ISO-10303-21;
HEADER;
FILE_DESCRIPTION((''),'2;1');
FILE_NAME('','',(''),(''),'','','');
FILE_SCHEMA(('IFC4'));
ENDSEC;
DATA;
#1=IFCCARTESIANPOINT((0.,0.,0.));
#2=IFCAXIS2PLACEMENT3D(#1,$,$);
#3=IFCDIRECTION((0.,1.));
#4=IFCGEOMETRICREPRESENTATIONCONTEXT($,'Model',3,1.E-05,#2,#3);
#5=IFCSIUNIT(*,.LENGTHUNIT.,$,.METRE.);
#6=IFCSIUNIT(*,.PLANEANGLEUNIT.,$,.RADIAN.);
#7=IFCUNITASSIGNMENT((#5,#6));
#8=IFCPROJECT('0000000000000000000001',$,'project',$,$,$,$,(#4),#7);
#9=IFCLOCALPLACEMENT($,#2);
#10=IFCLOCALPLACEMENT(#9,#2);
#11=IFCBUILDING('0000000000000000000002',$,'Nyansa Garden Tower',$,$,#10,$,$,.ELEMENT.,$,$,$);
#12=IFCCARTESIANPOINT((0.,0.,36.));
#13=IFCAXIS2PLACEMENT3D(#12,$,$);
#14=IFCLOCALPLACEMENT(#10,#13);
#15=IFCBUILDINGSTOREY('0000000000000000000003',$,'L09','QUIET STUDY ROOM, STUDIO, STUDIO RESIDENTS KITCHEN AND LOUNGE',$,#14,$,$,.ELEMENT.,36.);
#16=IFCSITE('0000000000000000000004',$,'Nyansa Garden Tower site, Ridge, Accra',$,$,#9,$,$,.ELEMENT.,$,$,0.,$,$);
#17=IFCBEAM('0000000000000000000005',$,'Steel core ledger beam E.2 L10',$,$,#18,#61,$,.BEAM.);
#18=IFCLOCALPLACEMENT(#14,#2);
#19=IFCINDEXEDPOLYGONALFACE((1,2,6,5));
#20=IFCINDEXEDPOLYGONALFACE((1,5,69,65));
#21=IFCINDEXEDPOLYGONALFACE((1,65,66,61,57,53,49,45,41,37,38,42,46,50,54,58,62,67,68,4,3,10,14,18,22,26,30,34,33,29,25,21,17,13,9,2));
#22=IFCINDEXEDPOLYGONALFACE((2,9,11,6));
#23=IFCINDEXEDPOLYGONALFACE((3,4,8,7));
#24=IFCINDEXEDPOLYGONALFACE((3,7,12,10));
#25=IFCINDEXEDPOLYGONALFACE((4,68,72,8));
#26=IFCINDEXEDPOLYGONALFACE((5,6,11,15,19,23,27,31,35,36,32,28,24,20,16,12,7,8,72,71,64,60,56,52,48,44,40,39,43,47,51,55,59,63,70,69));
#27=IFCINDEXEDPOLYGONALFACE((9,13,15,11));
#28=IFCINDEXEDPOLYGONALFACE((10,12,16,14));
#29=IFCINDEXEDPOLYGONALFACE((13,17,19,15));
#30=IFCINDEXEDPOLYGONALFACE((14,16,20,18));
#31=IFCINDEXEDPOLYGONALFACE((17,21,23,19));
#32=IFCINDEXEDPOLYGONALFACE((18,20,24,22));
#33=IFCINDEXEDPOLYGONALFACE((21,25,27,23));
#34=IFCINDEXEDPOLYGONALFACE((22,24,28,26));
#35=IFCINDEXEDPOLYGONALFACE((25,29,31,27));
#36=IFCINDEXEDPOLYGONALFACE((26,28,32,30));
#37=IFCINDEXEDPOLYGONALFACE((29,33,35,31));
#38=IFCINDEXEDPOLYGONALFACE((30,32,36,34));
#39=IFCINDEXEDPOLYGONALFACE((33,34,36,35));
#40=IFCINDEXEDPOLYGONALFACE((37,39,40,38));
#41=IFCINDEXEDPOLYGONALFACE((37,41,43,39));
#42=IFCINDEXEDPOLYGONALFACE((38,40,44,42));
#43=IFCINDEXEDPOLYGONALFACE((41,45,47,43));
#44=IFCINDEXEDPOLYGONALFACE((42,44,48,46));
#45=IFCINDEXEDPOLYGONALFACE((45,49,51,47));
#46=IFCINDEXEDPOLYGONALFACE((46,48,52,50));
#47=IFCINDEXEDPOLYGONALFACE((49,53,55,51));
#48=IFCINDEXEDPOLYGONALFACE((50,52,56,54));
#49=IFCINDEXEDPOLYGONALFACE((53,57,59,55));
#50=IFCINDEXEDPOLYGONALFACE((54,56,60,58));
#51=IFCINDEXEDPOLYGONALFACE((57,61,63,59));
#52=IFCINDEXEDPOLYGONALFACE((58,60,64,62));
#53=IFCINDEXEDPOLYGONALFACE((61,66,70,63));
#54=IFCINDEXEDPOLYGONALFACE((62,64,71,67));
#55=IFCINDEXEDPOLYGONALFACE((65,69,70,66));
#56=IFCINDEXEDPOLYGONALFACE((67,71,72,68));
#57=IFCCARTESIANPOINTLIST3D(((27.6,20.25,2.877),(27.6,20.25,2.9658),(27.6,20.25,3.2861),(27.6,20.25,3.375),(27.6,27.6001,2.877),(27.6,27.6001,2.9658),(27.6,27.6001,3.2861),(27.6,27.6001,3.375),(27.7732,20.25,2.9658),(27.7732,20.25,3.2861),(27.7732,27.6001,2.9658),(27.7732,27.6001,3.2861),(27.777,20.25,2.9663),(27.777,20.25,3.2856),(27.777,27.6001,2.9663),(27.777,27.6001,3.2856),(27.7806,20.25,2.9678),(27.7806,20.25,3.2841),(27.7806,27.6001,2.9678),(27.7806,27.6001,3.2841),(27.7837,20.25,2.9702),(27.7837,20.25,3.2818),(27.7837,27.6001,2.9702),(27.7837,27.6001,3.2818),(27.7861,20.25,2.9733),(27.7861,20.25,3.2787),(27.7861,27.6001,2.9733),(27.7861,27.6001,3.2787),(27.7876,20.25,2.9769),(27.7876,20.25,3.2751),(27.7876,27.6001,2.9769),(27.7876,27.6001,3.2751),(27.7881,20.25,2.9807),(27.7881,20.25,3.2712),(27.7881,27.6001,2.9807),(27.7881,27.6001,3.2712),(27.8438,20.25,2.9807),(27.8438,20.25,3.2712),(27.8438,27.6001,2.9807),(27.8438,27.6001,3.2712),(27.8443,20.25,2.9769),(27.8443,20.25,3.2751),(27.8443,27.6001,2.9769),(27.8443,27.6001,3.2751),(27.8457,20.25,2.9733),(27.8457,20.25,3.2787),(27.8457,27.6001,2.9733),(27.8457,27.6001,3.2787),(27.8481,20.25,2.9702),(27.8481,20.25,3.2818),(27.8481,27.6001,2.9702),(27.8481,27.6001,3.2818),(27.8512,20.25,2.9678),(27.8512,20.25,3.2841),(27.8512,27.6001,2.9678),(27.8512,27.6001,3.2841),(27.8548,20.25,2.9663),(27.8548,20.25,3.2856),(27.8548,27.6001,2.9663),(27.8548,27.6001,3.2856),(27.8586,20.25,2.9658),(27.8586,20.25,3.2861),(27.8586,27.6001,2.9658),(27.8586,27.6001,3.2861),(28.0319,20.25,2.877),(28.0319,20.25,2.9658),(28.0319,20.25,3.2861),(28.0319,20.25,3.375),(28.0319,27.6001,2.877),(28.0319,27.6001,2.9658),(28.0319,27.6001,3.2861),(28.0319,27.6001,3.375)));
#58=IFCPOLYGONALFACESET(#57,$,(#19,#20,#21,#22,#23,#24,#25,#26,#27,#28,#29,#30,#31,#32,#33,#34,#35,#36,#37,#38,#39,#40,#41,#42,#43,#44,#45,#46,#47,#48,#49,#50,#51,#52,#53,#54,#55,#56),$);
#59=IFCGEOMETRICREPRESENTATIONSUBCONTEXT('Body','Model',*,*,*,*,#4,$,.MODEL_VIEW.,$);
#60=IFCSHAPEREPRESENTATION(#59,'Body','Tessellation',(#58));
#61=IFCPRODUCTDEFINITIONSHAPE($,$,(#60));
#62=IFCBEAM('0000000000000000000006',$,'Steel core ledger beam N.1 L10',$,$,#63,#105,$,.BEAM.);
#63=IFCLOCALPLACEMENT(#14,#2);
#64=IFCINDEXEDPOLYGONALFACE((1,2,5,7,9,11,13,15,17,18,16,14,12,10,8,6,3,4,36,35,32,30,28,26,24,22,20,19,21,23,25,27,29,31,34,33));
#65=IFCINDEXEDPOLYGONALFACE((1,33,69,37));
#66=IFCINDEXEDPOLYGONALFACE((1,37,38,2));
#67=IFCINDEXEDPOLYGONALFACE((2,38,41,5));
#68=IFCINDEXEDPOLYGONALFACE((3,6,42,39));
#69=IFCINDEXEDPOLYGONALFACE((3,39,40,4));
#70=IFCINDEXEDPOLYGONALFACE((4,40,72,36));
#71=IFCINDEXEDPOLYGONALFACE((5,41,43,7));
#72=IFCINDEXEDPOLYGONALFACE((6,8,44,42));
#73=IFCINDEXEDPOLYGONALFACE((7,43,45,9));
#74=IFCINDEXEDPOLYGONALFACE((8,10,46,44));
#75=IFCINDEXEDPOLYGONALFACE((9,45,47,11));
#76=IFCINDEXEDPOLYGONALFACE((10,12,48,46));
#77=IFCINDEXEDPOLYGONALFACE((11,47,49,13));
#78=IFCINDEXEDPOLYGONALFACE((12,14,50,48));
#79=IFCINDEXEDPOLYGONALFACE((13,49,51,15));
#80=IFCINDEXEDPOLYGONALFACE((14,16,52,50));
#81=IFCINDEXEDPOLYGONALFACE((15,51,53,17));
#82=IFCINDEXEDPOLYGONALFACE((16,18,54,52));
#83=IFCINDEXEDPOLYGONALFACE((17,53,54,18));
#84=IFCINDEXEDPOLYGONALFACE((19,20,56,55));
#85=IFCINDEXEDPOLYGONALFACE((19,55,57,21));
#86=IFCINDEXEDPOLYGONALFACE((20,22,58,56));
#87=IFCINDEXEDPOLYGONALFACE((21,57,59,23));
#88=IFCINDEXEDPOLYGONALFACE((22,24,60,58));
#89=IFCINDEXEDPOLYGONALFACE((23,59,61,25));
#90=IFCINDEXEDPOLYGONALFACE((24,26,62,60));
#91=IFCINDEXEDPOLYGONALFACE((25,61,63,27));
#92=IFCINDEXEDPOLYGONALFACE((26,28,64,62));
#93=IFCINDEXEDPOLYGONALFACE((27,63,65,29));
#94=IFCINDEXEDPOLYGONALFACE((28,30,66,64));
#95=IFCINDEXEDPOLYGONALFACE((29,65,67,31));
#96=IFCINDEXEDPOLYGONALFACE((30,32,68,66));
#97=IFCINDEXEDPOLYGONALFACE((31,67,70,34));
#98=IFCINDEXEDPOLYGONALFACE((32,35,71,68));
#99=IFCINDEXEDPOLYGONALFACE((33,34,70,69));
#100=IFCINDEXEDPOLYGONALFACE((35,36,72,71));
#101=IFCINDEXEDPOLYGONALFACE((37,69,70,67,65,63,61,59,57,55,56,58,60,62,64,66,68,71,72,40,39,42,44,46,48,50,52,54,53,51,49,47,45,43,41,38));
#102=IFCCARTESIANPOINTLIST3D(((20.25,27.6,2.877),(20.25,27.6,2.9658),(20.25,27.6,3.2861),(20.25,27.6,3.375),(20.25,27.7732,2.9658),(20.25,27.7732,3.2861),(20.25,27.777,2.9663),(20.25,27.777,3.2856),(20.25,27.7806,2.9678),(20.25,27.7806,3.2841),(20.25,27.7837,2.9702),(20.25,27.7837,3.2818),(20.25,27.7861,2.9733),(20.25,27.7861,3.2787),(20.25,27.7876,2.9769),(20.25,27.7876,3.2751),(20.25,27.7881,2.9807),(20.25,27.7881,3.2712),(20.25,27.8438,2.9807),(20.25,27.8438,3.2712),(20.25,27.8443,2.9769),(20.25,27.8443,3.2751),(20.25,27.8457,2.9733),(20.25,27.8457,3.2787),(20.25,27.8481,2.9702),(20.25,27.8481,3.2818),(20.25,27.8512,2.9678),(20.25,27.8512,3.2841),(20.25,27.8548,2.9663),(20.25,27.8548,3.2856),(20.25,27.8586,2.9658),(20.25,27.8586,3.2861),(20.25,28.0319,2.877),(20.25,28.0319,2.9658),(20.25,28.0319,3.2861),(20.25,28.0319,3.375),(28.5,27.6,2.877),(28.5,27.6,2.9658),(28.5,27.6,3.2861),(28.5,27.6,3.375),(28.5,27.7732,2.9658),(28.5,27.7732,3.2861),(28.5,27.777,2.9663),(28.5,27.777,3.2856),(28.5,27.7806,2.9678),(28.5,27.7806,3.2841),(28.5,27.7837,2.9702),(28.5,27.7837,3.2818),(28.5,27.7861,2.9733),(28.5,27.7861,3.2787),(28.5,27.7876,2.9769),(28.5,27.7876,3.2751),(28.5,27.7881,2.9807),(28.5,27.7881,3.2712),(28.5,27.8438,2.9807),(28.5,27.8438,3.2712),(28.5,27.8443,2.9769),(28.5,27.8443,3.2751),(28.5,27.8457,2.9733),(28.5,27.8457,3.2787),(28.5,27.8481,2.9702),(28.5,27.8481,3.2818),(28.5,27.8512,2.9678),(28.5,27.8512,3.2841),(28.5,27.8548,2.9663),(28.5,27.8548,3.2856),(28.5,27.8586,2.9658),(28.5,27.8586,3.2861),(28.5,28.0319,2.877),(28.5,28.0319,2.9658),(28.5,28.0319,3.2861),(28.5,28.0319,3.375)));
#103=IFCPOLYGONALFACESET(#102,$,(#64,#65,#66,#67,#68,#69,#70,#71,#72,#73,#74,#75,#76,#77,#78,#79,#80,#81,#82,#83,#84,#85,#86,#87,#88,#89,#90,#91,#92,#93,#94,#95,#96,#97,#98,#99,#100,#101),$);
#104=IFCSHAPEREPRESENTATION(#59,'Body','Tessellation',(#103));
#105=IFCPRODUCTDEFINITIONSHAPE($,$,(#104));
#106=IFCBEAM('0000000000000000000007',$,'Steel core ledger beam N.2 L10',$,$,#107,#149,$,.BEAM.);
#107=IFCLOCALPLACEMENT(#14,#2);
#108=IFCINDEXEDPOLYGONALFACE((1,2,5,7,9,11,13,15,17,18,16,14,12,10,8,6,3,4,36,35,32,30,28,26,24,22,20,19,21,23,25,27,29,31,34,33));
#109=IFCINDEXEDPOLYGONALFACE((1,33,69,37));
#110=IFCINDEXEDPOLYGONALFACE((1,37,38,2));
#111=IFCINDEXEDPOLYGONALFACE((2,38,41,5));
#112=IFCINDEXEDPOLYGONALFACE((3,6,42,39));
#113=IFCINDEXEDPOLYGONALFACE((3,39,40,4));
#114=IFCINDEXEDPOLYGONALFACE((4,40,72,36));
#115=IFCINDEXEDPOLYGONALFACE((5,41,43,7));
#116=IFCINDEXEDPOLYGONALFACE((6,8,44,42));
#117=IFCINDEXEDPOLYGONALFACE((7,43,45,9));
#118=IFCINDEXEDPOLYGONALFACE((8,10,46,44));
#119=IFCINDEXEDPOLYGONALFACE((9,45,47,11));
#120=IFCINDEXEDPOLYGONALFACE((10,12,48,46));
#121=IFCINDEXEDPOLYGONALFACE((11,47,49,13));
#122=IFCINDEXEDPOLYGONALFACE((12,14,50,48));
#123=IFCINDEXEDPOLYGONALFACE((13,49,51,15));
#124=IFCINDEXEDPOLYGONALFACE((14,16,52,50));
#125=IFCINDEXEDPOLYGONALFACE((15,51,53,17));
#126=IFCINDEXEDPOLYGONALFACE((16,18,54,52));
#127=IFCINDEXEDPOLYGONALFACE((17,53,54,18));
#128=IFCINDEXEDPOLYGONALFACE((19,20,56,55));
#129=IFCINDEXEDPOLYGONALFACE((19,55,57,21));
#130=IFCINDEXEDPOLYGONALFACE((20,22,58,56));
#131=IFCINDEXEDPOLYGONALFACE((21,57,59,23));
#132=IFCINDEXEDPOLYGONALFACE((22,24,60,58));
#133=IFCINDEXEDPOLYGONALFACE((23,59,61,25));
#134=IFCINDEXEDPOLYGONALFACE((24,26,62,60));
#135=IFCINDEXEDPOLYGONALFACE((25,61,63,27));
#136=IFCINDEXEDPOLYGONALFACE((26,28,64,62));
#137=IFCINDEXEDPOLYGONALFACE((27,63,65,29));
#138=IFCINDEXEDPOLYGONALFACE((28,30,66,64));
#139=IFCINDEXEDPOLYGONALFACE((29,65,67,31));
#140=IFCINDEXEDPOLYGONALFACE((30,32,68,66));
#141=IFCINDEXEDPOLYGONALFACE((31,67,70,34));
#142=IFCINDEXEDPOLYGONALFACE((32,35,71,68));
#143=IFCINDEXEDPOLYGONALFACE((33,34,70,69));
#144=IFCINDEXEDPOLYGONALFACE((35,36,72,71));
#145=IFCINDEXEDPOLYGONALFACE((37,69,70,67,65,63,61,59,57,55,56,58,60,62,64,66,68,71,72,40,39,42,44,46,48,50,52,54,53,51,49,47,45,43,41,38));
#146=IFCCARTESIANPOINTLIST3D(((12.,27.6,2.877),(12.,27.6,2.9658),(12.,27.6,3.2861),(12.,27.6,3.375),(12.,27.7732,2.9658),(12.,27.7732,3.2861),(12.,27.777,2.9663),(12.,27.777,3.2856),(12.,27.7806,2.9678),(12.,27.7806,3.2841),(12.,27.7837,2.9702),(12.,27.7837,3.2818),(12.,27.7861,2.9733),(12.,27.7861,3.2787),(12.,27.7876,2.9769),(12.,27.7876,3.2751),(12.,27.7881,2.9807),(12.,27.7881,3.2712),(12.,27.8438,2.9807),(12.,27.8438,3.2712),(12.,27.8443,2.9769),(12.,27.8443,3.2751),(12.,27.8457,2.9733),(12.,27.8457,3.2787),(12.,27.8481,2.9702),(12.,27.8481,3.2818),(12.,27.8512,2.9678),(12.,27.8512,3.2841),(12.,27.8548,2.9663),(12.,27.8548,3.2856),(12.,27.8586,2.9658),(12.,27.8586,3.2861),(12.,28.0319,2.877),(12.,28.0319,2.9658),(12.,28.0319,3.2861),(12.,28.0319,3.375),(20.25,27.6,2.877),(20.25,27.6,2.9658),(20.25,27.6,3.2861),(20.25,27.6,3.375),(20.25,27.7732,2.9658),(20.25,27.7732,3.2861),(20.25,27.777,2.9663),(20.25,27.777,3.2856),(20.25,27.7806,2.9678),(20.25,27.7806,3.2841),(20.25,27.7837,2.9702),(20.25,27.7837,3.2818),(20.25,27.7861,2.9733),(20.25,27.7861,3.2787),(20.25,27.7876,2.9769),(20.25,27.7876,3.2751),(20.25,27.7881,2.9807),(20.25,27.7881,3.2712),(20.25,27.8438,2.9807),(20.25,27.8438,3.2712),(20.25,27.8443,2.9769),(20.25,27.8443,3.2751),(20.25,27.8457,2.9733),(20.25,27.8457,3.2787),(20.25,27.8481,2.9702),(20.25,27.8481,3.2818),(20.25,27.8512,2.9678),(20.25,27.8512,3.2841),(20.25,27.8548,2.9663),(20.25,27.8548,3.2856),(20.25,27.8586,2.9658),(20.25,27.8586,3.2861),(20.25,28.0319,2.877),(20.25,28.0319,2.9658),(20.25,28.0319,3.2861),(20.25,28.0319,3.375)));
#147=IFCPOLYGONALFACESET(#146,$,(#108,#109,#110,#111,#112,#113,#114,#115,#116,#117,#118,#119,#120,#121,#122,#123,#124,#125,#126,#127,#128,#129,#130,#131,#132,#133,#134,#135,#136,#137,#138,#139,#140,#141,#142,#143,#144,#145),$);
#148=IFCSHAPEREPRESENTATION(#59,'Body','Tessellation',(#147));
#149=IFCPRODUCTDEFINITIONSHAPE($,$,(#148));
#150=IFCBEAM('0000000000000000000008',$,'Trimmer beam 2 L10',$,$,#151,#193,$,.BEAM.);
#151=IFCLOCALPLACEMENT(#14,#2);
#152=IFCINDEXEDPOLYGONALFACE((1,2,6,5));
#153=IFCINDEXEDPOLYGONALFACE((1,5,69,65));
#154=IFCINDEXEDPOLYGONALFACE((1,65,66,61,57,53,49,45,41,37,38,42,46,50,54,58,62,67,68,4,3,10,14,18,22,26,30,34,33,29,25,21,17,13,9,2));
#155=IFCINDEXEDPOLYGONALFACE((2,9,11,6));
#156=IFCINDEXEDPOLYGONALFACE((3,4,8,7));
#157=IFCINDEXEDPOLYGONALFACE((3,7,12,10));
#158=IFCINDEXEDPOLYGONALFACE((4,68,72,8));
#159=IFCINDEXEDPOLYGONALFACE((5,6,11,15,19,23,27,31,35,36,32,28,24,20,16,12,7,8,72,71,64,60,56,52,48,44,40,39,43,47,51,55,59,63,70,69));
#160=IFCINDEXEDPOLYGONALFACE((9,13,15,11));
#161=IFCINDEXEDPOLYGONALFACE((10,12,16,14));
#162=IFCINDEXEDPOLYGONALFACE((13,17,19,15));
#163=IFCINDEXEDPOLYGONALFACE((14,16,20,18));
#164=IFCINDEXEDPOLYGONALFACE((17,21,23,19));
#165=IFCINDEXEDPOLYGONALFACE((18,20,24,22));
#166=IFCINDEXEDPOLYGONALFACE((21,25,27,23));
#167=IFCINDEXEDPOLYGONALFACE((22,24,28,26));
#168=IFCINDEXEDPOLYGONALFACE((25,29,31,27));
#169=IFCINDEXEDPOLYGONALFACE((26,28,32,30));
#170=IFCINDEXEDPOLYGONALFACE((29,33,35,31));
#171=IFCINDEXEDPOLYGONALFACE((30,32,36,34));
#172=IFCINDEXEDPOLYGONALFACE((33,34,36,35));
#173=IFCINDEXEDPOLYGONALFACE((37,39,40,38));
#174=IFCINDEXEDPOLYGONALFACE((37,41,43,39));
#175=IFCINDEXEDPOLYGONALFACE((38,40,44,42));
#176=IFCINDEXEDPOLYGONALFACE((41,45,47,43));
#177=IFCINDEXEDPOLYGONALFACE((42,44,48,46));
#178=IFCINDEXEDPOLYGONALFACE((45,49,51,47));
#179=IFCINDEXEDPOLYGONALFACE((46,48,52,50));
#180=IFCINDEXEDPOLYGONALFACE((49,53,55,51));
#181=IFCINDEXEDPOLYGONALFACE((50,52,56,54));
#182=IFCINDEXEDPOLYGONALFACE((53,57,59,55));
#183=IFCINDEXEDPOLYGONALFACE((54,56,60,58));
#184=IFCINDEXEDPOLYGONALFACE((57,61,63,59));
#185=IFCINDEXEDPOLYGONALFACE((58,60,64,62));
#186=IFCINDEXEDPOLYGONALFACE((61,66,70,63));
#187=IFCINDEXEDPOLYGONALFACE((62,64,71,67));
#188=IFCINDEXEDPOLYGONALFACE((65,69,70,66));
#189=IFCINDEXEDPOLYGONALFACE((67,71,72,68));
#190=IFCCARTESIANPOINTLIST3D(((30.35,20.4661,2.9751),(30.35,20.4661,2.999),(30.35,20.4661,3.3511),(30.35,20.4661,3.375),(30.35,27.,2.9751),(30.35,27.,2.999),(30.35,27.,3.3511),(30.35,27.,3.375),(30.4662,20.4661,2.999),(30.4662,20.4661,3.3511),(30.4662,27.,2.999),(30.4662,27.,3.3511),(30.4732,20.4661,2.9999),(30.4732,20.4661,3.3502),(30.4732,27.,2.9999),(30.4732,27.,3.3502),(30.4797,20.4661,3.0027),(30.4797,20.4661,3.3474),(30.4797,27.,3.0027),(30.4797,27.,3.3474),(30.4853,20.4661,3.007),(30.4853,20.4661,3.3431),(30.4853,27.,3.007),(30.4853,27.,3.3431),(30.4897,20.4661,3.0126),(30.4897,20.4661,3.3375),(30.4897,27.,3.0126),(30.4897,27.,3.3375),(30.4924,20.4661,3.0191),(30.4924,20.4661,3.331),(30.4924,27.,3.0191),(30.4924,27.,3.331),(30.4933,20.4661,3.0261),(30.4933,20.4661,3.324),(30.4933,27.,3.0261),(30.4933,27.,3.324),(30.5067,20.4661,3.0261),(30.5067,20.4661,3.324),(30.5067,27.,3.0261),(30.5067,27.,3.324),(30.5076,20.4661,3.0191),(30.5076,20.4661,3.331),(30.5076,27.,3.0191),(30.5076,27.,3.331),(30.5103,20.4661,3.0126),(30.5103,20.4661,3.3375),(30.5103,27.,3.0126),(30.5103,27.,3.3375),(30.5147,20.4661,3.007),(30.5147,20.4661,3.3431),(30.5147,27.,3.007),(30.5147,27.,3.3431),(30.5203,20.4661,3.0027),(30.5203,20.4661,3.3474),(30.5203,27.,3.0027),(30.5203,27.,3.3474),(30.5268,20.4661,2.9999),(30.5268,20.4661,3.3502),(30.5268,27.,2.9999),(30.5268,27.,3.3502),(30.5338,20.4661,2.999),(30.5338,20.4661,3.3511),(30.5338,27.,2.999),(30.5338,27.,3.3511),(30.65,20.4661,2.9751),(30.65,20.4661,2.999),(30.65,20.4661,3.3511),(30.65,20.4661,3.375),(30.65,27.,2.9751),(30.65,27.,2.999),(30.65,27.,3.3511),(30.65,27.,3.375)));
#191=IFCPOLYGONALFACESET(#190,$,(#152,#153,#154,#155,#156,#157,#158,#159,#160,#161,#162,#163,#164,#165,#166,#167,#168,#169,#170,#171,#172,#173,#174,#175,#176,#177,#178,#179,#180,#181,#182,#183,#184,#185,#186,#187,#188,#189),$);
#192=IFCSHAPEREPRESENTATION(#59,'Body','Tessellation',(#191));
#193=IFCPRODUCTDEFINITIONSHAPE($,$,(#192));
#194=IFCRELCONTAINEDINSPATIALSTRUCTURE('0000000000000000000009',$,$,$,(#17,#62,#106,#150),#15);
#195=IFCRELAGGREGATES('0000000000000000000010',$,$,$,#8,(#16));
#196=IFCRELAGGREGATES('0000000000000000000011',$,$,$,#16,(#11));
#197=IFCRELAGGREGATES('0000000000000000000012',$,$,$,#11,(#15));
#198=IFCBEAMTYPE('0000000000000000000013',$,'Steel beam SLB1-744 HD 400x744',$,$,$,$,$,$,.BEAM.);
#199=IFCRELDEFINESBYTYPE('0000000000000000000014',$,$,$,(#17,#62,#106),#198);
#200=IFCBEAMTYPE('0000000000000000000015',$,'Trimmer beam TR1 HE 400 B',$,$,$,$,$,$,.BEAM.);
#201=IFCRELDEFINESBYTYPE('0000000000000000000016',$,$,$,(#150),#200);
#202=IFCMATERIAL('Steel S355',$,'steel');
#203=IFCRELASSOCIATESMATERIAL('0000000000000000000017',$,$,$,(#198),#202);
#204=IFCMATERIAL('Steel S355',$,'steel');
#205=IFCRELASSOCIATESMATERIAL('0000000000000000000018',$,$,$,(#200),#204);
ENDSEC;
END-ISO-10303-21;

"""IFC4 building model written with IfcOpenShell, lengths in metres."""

from ifc_helpers import new_model, si_unit, direction, frame, origin, origin_2d, place, context, subcontext, project, spatial, i_section, extrude, material, material_profile, profile_set, type_object, element, save


model = new_model("IFC4")

# Units and contexts
model_context = context("Model", 3, precision=1e-05, world=origin(), true_north=direction((0.0, 1.0)))
body_context = subcontext(model_context, "Body", "Model", "MODEL_VIEW")
ifc_project = project(units=[si_unit("LENGTHUNIT", "METRE"), si_unit("PLANEANGLEUNIT", "RADIAN")], contexts=[model_context])

# Site, building, storey
site_placement = place(None, origin())
site = spatial("IfcSite", under=ifc_project, at=site_placement, Name="Nyansa Garden Tower site, Ridge, Accra", CompositionType="ELEMENT", RefElevation=0.0)
building_placement = place(site_placement, origin())
building = spatial("IfcBuilding", under=site, at=building_placement, Name="Nyansa Garden Tower", CompositionType="ELEMENT")
storey_placement = place(building_placement, frame((0.0, 0.0, 36.0)))
storey = spatial("IfcBuildingStorey", under=building, at=storey_placement, Name="L09", Description="QUIET STUDY ROOM, STUDIO, STUDIO RESIDENTS KITCHEN AND LOUNGE", CompositionType="ELEMENT", Elevation=36.0)

# Beams
ifc_material_1 = material(Name="Steel S355", Category="steel")
ifc_material_profile_1 = material_profile(ifc_material_1, i_section(OverallWidth=0.4319, OverallDepth=0.498, WebThickness=0.0557, FlangeThickness=0.0889, FilletRadius=0.0149, at=origin_2d()), Name="HD 400x744")
ifc_profile_set_1 = profile_set([ifc_material_profile_1], Name="Steel S355")
beam_type_1 = type_object("IfcBeamType", Name="Steel beam SLB1-744 HD 400x744", PredefinedType="BEAM", material=ifc_profile_set_1)
beam_1_placement = place(storey_placement, frame((27.8159, 20.25, 3.126), z_axis=(0.0, 1.0, 0.0), x_axis=(-1.0, 0.0, 0.0)))
element("IfcBeam", 1, at=beam_1_placement, inside=storey, type_object=beam_type_1, Name="Steel core ledger beam E.2 L10", PredefinedType="BEAM", context=body_context, shape_type="SweptSolid", body=[
    extrude(i_section(OverallWidth=0.4319, OverallDepth=0.498, WebThickness=0.0557, FlangeThickness=0.0889, FilletRadius=0.0149, at=origin_2d()), origin(), (0.0, 0.0, 1.0), 7.3501),
])
for number, where, z_axis, x_axis, name in (
    (2, (28.5, 27.8159, 3.126), (-1.0, 0.0, 0.0), (0.0, -1.0, 0.0), "Steel core ledger beam N.1 L10"),
    (3, (20.25, 27.8159, 3.126), (-1.0, 0.0, 0.0), (0.0, -1.0, 0.0), "Steel core ledger beam N.2 L10"),
):
    element("IfcBeam", number, at=place(storey_placement, frame(where, z_axis=z_axis, x_axis=x_axis)), inside=storey, type_object=beam_type_1, Name=name, PredefinedType="BEAM", context=body_context, shape_type="SweptSolid", body=[
        extrude(i_section(OverallWidth=0.4319, OverallDepth=0.498, WebThickness=0.0557, FlangeThickness=0.0889, FilletRadius=0.0149, at=origin_2d()), origin(), (0.0, 0.0, 1.0), 8.25),
    ])
ifc_material_2 = material(Name="Steel S355", Category="steel")
ifc_material_profile_2 = material_profile(ifc_material_2, i_section(OverallWidth=0.3, OverallDepth=0.3999, WebThickness=0.0134, FlangeThickness=0.0239, FilletRadius=0.0271, at=origin_2d()), Name="HE 400 B")
ifc_profile_set_2 = profile_set([ifc_material_profile_2], Name="Steel S355")
beam_type_2 = type_object("IfcBeamType", Name="Trimmer beam TR1 HE 400 B", PredefinedType="BEAM", material=ifc_profile_set_2)
beam_2_placement = place(storey_placement, frame((30.5, 20.4661, 3.175), z_axis=(0.0, 1.0, 0.0), x_axis=(-1.0, 0.0, 0.0)))
element("IfcBeam", 4, at=beam_2_placement, inside=storey, type_object=beam_type_2, Name="Trimmer beam 2 L10", PredefinedType="BEAM", context=body_context, shape_type="SweptSolid", body=[
    extrude(i_section(OverallWidth=0.3, OverallDepth=0.3999, WebThickness=0.0134, FlangeThickness=0.0239, FilletRadius=0.0271, at=origin_2d()), origin(), (0.0, 0.0, 1.0), 6.5339),
])

save(model, "model.ifc")
